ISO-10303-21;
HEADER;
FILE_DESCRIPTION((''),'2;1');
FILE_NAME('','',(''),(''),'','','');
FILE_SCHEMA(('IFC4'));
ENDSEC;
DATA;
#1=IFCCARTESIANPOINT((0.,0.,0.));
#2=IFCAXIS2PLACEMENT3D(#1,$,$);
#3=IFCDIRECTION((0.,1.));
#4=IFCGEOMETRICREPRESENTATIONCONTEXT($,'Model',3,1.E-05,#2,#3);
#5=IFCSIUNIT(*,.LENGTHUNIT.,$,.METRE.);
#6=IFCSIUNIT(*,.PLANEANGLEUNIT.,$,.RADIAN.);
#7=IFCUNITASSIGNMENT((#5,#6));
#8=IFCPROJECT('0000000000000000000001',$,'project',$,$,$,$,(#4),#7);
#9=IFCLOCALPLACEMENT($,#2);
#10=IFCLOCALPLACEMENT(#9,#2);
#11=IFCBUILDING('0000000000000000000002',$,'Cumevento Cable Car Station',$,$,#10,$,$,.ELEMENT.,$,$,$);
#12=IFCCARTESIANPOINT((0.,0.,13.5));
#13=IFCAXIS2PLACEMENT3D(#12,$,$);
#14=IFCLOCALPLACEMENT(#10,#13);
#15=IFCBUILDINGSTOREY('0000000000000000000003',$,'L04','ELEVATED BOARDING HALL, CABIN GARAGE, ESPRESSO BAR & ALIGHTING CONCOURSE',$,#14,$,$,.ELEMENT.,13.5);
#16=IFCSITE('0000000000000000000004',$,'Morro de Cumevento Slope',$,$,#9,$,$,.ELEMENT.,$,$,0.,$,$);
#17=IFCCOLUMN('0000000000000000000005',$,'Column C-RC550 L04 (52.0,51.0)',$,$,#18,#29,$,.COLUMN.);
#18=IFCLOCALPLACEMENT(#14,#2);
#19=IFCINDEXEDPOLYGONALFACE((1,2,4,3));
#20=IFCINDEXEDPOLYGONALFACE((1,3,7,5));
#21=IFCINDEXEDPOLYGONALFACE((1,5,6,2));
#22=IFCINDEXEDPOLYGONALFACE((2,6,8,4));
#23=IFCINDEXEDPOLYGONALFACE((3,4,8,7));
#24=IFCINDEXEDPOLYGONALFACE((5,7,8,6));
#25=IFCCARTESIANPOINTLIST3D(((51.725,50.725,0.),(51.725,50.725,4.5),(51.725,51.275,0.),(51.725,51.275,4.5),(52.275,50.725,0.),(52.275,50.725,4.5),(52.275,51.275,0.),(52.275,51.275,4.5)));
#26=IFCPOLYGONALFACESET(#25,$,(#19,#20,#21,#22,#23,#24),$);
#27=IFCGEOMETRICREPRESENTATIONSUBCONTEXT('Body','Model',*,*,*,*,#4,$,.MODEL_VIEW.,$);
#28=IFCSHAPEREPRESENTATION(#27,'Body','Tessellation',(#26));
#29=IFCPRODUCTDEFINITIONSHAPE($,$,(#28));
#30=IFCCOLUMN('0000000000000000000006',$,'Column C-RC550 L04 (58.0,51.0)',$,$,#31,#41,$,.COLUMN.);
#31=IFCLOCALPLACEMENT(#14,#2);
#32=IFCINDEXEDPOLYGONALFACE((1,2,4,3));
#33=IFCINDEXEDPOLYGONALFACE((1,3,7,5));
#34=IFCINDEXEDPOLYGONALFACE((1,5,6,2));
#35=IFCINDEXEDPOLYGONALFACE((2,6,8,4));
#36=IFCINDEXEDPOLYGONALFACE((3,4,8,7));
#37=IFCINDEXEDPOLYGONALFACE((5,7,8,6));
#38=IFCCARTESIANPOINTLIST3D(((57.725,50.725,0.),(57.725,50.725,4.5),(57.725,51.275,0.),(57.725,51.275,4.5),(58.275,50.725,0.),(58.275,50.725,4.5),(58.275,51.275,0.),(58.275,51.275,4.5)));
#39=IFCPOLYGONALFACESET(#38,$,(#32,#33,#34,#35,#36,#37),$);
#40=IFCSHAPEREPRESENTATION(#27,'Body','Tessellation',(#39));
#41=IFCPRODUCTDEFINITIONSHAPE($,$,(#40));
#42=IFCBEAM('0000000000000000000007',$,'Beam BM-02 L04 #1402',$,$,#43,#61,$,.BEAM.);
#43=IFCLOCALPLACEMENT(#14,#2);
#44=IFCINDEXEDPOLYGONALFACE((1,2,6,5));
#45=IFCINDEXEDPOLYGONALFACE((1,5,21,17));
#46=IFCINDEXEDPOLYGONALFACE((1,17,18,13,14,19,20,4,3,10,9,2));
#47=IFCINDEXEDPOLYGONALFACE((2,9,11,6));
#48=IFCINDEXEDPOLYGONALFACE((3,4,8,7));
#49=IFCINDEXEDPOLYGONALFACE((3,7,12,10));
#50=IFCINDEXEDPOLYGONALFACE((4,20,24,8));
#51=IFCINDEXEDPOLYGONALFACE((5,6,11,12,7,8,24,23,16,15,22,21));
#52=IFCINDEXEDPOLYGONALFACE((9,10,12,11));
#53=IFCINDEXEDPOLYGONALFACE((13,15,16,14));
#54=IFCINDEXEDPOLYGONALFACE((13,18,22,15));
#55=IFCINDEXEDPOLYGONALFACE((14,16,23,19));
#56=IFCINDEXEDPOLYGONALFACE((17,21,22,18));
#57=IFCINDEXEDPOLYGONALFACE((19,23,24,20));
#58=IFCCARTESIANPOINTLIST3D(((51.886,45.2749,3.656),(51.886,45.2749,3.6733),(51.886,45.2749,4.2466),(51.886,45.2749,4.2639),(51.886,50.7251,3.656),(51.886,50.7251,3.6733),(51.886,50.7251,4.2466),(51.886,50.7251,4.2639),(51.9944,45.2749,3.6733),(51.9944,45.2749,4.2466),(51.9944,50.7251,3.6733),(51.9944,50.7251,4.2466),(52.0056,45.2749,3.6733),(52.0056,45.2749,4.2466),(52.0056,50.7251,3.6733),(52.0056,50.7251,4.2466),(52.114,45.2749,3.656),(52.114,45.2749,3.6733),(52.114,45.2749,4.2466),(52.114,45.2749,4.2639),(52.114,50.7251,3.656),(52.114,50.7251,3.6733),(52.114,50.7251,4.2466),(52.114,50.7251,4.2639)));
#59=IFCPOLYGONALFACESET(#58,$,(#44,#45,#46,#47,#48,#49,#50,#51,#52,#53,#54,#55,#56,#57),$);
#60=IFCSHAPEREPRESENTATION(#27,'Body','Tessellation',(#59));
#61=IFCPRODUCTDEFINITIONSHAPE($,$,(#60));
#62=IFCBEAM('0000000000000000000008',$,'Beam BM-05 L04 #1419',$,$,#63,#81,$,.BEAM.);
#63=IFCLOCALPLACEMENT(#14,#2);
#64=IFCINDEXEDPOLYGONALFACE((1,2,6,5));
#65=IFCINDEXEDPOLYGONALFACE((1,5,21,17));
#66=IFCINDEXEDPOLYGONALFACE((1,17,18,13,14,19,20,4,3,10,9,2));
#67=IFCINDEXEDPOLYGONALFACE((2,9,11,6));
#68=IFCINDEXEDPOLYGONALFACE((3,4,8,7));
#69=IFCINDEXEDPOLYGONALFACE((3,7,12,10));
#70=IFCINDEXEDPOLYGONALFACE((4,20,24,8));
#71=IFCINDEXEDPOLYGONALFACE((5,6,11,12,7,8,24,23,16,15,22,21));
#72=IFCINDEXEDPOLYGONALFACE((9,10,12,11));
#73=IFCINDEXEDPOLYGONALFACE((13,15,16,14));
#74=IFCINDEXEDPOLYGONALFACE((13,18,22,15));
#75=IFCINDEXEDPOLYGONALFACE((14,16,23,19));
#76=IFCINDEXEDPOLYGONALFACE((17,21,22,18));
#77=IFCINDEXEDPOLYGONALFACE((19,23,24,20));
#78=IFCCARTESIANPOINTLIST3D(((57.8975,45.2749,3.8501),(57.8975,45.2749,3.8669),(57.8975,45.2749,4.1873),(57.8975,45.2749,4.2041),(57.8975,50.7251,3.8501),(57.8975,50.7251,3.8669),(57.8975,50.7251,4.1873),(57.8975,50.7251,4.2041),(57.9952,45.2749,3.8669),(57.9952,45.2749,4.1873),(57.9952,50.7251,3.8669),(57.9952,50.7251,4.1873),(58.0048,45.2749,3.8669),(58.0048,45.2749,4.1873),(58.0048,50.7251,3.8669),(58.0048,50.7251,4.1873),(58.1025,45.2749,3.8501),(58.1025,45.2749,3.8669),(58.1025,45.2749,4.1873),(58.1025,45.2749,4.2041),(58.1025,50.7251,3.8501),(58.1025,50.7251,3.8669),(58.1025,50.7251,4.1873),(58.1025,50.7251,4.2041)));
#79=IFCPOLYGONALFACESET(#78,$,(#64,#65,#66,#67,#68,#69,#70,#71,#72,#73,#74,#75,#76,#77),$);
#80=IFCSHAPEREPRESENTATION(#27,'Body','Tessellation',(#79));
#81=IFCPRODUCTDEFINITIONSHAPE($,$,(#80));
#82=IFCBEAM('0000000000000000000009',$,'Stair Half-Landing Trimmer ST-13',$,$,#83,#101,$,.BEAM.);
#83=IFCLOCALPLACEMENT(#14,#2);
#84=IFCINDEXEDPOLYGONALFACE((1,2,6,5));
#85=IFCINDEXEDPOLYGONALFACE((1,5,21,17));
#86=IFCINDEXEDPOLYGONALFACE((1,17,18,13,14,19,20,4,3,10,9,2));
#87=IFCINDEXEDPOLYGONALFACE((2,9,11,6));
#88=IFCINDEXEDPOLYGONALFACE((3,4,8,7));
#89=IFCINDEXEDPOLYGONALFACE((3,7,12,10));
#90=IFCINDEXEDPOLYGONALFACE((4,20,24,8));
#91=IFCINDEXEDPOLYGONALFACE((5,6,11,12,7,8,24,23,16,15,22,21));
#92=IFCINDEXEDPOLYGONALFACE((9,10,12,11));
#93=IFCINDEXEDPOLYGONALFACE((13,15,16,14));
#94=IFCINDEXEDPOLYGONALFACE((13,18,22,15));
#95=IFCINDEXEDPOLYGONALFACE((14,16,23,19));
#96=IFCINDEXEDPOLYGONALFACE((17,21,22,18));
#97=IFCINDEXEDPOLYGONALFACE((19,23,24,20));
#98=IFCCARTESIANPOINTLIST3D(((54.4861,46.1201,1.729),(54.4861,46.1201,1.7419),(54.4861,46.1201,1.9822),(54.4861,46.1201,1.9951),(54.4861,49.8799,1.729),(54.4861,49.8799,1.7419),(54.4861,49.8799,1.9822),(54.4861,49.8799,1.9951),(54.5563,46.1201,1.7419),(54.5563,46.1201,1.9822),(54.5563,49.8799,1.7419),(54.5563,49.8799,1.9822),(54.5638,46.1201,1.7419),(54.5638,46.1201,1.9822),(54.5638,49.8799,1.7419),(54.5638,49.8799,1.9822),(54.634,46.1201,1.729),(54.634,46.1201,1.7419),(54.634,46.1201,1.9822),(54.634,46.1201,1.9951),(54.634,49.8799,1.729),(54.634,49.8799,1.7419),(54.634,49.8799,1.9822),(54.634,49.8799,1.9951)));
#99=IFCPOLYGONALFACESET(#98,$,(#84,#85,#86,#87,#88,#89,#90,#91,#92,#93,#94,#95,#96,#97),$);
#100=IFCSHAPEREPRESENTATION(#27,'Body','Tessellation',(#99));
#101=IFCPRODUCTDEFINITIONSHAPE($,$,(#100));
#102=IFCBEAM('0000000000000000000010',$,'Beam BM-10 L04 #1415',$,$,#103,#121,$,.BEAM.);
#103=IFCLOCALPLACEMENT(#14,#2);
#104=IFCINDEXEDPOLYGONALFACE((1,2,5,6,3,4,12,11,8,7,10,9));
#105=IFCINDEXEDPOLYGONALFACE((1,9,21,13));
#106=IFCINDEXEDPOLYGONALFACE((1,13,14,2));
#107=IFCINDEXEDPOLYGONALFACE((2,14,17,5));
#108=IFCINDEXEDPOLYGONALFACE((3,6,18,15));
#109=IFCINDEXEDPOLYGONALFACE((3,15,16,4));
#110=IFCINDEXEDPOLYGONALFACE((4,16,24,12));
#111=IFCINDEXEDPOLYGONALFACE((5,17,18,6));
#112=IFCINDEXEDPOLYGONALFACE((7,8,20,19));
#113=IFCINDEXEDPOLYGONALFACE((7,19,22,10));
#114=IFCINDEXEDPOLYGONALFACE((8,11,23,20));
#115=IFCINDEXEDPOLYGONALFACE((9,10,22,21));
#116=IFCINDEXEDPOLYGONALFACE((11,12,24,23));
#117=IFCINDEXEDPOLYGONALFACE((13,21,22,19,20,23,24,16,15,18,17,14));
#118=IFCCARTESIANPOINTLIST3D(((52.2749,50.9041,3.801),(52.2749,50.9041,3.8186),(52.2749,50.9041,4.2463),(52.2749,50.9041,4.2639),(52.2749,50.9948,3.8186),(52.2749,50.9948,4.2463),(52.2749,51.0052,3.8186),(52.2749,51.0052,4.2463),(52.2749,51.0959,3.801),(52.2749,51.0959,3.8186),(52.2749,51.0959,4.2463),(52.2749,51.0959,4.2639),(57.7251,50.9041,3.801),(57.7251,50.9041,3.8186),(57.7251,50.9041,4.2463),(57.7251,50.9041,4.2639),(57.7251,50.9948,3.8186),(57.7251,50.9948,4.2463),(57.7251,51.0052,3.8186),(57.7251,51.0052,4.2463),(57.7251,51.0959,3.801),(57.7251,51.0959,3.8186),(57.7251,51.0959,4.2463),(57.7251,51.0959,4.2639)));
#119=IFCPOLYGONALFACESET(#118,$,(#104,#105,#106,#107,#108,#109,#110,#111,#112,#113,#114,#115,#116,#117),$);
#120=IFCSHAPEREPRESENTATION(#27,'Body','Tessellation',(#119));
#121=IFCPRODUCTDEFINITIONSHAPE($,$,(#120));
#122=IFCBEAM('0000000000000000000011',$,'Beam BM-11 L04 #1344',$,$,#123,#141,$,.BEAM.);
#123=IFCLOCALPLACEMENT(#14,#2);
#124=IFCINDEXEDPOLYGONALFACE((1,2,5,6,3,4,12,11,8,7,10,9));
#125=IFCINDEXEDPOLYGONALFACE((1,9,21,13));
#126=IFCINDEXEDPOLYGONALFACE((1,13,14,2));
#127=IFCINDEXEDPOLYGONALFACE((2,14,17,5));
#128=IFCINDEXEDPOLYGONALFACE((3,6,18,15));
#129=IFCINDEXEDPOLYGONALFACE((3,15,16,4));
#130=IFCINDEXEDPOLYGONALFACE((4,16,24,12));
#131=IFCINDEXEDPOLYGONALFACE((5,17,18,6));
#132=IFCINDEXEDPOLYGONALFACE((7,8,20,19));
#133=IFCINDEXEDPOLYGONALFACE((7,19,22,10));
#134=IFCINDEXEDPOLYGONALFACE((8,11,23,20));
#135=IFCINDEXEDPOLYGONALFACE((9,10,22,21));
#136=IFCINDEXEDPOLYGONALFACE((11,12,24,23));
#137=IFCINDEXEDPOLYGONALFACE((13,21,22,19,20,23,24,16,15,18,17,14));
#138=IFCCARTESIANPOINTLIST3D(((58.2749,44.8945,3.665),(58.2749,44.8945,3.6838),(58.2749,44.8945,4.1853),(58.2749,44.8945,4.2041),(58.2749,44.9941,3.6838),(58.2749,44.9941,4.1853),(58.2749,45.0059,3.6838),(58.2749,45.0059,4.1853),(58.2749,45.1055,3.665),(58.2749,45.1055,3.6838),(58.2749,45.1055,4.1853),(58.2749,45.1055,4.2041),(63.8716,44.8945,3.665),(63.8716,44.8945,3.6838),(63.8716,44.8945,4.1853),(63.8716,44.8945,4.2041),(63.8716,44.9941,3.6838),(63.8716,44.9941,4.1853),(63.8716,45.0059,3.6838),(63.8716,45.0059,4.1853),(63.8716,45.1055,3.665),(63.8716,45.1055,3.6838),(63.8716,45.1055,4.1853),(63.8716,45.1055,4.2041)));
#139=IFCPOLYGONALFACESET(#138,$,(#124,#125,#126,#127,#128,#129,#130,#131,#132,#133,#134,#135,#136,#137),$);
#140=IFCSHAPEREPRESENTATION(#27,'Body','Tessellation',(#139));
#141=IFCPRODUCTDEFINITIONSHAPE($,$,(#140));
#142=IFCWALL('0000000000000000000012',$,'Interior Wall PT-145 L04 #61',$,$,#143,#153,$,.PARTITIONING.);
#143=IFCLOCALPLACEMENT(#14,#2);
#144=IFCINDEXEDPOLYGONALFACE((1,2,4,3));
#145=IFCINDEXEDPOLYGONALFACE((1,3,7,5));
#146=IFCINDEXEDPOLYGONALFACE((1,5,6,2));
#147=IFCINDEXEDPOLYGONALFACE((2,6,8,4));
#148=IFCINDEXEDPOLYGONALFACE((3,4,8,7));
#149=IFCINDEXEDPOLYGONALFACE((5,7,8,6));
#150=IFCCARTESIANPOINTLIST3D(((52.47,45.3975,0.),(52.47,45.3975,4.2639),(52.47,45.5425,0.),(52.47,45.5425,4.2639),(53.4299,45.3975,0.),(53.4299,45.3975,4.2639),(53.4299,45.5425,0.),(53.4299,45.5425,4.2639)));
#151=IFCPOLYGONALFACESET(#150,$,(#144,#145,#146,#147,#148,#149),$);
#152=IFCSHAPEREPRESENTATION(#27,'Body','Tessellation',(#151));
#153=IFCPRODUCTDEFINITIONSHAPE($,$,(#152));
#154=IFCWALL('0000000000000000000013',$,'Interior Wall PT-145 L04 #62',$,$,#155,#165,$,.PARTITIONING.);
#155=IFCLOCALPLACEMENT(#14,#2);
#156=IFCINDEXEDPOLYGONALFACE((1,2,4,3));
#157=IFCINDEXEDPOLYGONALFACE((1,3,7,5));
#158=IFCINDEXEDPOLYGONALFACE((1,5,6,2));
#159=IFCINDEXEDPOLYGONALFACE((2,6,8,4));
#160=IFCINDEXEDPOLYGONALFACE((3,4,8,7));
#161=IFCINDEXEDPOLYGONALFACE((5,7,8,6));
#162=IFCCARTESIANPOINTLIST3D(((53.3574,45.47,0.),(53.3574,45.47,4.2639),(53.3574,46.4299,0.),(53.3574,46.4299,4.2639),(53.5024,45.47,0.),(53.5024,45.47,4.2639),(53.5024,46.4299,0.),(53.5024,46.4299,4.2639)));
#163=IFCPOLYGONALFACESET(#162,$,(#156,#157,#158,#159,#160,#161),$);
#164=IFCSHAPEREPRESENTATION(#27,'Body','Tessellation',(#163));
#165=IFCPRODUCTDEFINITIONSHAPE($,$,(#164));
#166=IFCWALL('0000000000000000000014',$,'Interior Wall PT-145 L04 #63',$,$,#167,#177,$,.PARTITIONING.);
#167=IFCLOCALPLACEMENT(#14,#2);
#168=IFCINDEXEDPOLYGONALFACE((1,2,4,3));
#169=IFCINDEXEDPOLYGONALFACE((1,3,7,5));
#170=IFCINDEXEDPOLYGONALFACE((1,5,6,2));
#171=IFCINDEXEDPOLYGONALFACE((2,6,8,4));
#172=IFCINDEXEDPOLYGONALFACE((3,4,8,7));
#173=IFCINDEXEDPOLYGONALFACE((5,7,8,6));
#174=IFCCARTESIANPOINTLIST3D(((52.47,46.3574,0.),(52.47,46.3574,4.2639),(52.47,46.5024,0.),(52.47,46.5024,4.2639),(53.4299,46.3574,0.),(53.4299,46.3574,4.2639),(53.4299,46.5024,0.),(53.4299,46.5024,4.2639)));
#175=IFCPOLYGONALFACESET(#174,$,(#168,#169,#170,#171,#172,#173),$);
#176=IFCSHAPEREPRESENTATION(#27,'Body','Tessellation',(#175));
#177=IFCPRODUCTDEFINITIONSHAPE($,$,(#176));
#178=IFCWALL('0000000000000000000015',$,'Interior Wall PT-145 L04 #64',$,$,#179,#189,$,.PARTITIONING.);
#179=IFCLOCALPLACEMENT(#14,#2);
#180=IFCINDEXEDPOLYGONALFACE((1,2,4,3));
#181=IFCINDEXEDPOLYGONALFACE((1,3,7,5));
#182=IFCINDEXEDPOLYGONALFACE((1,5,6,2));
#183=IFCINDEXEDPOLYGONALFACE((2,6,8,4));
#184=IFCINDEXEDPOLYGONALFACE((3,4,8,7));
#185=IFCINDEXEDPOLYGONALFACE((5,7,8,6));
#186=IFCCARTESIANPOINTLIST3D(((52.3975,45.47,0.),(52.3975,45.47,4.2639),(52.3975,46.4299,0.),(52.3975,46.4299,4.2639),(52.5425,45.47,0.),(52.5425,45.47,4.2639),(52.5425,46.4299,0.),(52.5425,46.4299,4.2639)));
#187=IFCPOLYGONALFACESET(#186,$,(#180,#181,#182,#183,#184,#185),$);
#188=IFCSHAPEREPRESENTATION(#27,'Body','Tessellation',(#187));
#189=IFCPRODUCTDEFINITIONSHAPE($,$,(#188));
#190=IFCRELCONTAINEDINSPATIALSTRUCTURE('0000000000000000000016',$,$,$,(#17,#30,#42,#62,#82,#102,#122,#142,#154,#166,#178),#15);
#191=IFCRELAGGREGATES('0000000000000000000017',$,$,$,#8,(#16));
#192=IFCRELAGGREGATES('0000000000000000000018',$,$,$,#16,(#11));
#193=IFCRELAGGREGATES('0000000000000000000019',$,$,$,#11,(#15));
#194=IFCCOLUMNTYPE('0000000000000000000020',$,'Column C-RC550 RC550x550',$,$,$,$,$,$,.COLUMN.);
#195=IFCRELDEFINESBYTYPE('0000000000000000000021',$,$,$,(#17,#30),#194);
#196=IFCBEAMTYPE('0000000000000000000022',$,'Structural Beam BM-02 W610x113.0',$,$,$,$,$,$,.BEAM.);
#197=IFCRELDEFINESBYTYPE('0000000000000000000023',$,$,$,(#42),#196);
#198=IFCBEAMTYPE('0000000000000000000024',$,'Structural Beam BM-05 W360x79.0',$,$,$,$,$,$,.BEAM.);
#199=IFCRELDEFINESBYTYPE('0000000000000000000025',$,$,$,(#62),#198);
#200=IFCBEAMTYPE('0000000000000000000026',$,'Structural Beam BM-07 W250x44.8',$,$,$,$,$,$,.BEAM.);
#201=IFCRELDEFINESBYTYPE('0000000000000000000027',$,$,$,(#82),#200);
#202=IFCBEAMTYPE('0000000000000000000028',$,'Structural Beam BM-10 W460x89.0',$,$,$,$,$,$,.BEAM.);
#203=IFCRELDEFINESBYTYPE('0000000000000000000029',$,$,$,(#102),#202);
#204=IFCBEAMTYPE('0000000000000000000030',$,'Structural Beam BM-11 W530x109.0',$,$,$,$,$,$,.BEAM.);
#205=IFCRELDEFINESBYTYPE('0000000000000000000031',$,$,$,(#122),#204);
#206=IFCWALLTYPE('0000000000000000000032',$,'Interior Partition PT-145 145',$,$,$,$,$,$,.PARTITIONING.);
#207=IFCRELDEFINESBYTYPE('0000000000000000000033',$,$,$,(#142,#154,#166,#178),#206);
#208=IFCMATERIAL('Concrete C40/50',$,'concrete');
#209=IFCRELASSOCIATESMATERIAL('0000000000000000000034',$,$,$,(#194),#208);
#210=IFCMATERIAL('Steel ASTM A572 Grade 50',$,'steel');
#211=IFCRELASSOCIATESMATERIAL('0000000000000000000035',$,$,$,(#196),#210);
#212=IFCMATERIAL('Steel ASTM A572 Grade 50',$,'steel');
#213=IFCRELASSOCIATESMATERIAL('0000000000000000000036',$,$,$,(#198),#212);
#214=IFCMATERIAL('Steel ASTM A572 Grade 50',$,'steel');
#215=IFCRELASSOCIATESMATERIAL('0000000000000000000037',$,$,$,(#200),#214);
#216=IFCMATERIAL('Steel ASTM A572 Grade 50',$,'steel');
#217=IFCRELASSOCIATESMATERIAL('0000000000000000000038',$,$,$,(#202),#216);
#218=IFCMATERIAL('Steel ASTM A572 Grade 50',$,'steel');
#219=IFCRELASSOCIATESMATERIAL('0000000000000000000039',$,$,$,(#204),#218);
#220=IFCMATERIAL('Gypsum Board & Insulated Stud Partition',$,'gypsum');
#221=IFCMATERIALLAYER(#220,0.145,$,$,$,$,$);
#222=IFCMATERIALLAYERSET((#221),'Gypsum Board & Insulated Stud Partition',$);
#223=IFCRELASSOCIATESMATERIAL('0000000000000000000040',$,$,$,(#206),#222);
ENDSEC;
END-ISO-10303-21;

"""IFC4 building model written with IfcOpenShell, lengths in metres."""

from ifc_helpers import new_model, si_unit, direction, frame, frame_2d, origin, origin_2d, place, context, subcontext, project, spatial, rectangle, i_section, extrude, material, layer, layer_set, material_profile, profile_set, type_object, element, save


model = new_model("IFC4")

# Units and contexts
model_context = context("Model", 3, precision=1e-05, world=origin(), true_north=direction((0.0, 1.0)))
body_context = subcontext(model_context, "Body", "Model", "MODEL_VIEW")
ifc_project = project(units=[si_unit("LENGTHUNIT", "METRE"), si_unit("PLANEANGLEUNIT", "RADIAN")], contexts=[model_context])

# Site, building, storey
site_placement = place(None, origin())
site = spatial("IfcSite", under=ifc_project, at=site_placement, Name="Morro de Cumevento Slope", CompositionType="ELEMENT", RefElevation=0.0)
building_placement = place(site_placement, origin())
building = spatial("IfcBuilding", under=site, at=building_placement, Name="Cumevento Cable Car Station", CompositionType="ELEMENT")
storey_placement = place(building_placement, frame((0.0, 0.0, 13.5)))
storey = spatial("IfcBuildingStorey", under=building, at=storey_placement, Name="L04", Description="ELEVATED BOARDING HALL, CABIN GARAGE, ESPRESSO BAR & ALIGHTING CONCOURSE", CompositionType="ELEMENT", Elevation=13.5)

# Columns
ifc_material_1 = material(Name="Concrete C40/50", Category="concrete")
ifc_material_profile_1 = material_profile(ifc_material_1, rectangle(XDim=0.55, YDim=0.55, at=origin_2d()), Name="RC550x550")
ifc_profile_set_1 = profile_set([ifc_material_profile_1], Name="Concrete C40/50")
column_type = type_object("IfcColumnType", Name="Column C-RC550 RC550x550", PredefinedType="COLUMN", material=ifc_profile_set_1)
for number, where, z_axis, x_axis, name in (
    (1, (52.0, 51.0, 0.0), (0.0, 0.0, 1.0), (1.0, 0.0, 0.0), "Column C-RC550 L04 (52.0,51.0)"),
    (2, (58.0, 51.0, 0.0), (0.0, 0.0, 1.0), (1.0, 0.0, 0.0), "Column C-RC550 L04 (58.0,51.0)"),
):
    element("IfcColumn", number, at=place(storey_placement, frame(where, z_axis=z_axis, x_axis=x_axis)), inside=storey, type_object=column_type, Name=name, PredefinedType="COLUMN", context=body_context, shape_type="SweptSolid", body=[
        extrude(rectangle(XDim=0.55, YDim=0.55, at=origin_2d()), origin(), (0.0, 0.0, 1.0), 4.5),
    ])

# Beams
ifc_material_2 = material(Name="Steel ASTM A572 Grade 50", Category="steel")
ifc_material_profile_2 = material_profile(ifc_material_2, i_section(OverallWidth=0.228, OverallDepth=0.6079, WebThickness=0.0112, FlangeThickness=0.0173, at=origin_2d()), Name="W610x113.0")
ifc_profile_set_2 = profile_set([ifc_material_profile_2], Name="Steel ASTM A572 Grade 50")
beam_type_1 = type_object("IfcBeamType", Name="Structural Beam BM-02 W610x113.0", PredefinedType="BEAM", material=ifc_profile_set_2)
beam_1_placement = place(storey_placement, frame((52.0, 45.2749, 3.96), z_axis=(0.0, 1.0, 0.0), x_axis=(-1.0, 0.0, 0.0)))
element("IfcBeam", 3, at=beam_1_placement, inside=storey, type_object=beam_type_1, Name="Beam BM-02 L04 #1402", PredefinedType="BEAM", context=body_context, shape_type="SweptSolid", body=[
    extrude(i_section(OverallWidth=0.228, OverallDepth=0.6079, WebThickness=0.0112, FlangeThickness=0.0173, at=origin_2d()), origin(), (0.0, 0.0, 1.0), 5.4502),
])
ifc_material_3 = material(Name="Steel ASTM A572 Grade 50", Category="steel")
ifc_material_profile_3 = material_profile(ifc_material_3, i_section(OverallWidth=0.2051, OverallDepth=0.354, WebThickness=0.0095, FlangeThickness=0.0168, at=origin_2d()), Name="W360x79.0")
ifc_profile_set_3 = profile_set([ifc_material_profile_3], Name="Steel ASTM A572 Grade 50")
beam_type_2 = type_object("IfcBeamType", Name="Structural Beam BM-05 W360x79.0", PredefinedType="BEAM", material=ifc_profile_set_3)
beam_2_placement = place(storey_placement, frame((58.0, 45.2749, 4.0271), z_axis=(0.0, 1.0, 0.0), x_axis=(-1.0, 0.0, 0.0)))
element("IfcBeam", 4, at=beam_2_placement, inside=storey, type_object=beam_type_2, Name="Beam BM-05 L04 #1419", PredefinedType="BEAM", context=body_context, shape_type="SweptSolid", body=[
    extrude(i_section(OverallWidth=0.2051, OverallDepth=0.354, WebThickness=0.0095, FlangeThickness=0.0168, at=origin_2d()), origin(), (0.0, 0.0, 1.0), 5.4502),
])
ifc_material_4 = material(Name="Steel ASTM A572 Grade 50", Category="steel")
ifc_material_profile_4 = material_profile(ifc_material_4, i_section(OverallWidth=0.1479, OverallDepth=0.2661, WebThickness=0.0076, FlangeThickness=0.0129, at=origin_2d()), Name="W250x44.8")
ifc_profile_set_4 = profile_set([ifc_material_profile_4], Name="Steel ASTM A572 Grade 50")
beam_type_3 = type_object("IfcBeamType", Name="Structural Beam BM-07 W250x44.8", PredefinedType="BEAM", material=ifc_profile_set_4)
beam_3_placement = place(storey_placement, frame((54.5601, 46.1201, 1.8621), z_axis=(0.0, 1.0, 0.0), x_axis=(-1.0, 0.0, 0.0)))
element("IfcBeam", 5, at=beam_3_placement, inside=storey, type_object=beam_type_3, Name="Stair Half-Landing Trimmer ST-13", PredefinedType="BEAM", context=body_context, shape_type="SweptSolid", body=[
    extrude(i_section(OverallWidth=0.1479, OverallDepth=0.2661, WebThickness=0.0076, FlangeThickness=0.0129, at=origin_2d()), origin(), (0.0, 0.0, 1.0), 3.7598),
])
ifc_material_5 = material(Name="Steel ASTM A572 Grade 50", Category="steel")
ifc_material_profile_5 = material_profile(ifc_material_5, i_section(OverallWidth=0.1919, OverallDepth=0.4629, WebThickness=0.0105, FlangeThickness=0.0176, at=origin_2d()), Name="W460x89.0")
ifc_profile_set_5 = profile_set([ifc_material_profile_5], Name="Steel ASTM A572 Grade 50")
beam_type_4 = type_object("IfcBeamType", Name="Structural Beam BM-10 W460x89.0", PredefinedType="BEAM", material=ifc_profile_set_5)
beam_4_placement = place(storey_placement, frame((52.2749, 51.0, 4.0325), z_axis=(1.0, 0.0, 0.0), x_axis=(0.0, 1.0, 0.0)))
element("IfcBeam", 6, at=beam_4_placement, inside=storey, type_object=beam_type_4, Name="Beam BM-10 L04 #1415", PredefinedType="BEAM", context=body_context, shape_type="SweptSolid", body=[
    extrude(i_section(OverallWidth=0.1919, OverallDepth=0.4629, WebThickness=0.0105, FlangeThickness=0.0176, at=origin_2d()), origin(), (0.0, 0.0, 1.0), 5.4502),
])
ifc_material_6 = material(Name="Steel ASTM A572 Grade 50", Category="steel")
ifc_material_profile_6 = material_profile(ifc_material_6, i_section(OverallWidth=0.2109, OverallDepth=0.5391, WebThickness=0.0117, FlangeThickness=0.0188, at=origin_2d()), Name="W530x109.0")
ifc_profile_set_6 = profile_set([ifc_material_profile_6], Name="Steel ASTM A572 Grade 50")
beam_type_5 = type_object("IfcBeamType", Name="Structural Beam BM-11 W530x109.0", PredefinedType="BEAM", material=ifc_profile_set_6)
beam_5_placement = place(storey_placement, frame((58.2749, 45.0, 3.9346), z_axis=(1.0, 0.0, 0.0), x_axis=(0.0, 1.0, 0.0)))
element("IfcBeam", 7, at=beam_5_placement, inside=storey, type_object=beam_type_5, Name="Beam BM-11 L04 #1344", PredefinedType="BEAM", context=body_context, shape_type="SweptSolid", body=[
    extrude(i_section(OverallWidth=0.2109, OverallDepth=0.5391, WebThickness=0.0117, FlangeThickness=0.0188, at=origin_2d()), origin(), (0.0, 0.0, 1.0), 5.5967),
])

# Walls
ifc_material_7 = material(Name="Gypsum Board & Insulated Stud Partition", Category="gypsum")
ifc_layer_1 = layer(ifc_material_7, 0.145)
ifc_layer_set_1 = layer_set([ifc_layer_1], Name="Gypsum Board & Insulated Stud Partition")
wall_type_1 = type_object("IfcWallType", Name="Interior Partition PT-145 145", PredefinedType="PARTITIONING", material=ifc_layer_set_1)
for number, where, z_axis, x_axis, name in (
    (8, (52.47, 45.47, 0.0), (0.0, 0.0, 1.0), (1.0, 0.0, 0.0), "Interior Wall PT-145 L04 #61"),
    (9, (53.4299, 45.47, 0.0), (0.0, 0.0, 1.0), (0.0, 1.0, 0.0), "Interior Wall PT-145 L04 #62"),
    (10, (53.4299, 46.4299, 0.0), (0.0, 0.0, 1.0), (-1.0, 0.0, 0.0), "Interior Wall PT-145 L04 #63"),
    (11, (52.47, 46.4299, 0.0), (0.0, 0.0, 1.0), (0.0, -1.0, 0.0), "Interior Wall PT-145 L04 #64"),
):
    element("IfcWall", number, at=place(storey_placement, frame(where, z_axis=z_axis, x_axis=x_axis)), inside=storey, type_object=wall_type_1, Name=name, PredefinedType="PARTITIONING", context=body_context, shape_type="SweptSolid", body=[
        extrude(rectangle(XDim=0.96, YDim=0.145, at=frame_2d((0.48, 0.0))), origin(), (0.0, 0.0, 1.0), 4.2639),
    ])

save(model, "model.ifc")
